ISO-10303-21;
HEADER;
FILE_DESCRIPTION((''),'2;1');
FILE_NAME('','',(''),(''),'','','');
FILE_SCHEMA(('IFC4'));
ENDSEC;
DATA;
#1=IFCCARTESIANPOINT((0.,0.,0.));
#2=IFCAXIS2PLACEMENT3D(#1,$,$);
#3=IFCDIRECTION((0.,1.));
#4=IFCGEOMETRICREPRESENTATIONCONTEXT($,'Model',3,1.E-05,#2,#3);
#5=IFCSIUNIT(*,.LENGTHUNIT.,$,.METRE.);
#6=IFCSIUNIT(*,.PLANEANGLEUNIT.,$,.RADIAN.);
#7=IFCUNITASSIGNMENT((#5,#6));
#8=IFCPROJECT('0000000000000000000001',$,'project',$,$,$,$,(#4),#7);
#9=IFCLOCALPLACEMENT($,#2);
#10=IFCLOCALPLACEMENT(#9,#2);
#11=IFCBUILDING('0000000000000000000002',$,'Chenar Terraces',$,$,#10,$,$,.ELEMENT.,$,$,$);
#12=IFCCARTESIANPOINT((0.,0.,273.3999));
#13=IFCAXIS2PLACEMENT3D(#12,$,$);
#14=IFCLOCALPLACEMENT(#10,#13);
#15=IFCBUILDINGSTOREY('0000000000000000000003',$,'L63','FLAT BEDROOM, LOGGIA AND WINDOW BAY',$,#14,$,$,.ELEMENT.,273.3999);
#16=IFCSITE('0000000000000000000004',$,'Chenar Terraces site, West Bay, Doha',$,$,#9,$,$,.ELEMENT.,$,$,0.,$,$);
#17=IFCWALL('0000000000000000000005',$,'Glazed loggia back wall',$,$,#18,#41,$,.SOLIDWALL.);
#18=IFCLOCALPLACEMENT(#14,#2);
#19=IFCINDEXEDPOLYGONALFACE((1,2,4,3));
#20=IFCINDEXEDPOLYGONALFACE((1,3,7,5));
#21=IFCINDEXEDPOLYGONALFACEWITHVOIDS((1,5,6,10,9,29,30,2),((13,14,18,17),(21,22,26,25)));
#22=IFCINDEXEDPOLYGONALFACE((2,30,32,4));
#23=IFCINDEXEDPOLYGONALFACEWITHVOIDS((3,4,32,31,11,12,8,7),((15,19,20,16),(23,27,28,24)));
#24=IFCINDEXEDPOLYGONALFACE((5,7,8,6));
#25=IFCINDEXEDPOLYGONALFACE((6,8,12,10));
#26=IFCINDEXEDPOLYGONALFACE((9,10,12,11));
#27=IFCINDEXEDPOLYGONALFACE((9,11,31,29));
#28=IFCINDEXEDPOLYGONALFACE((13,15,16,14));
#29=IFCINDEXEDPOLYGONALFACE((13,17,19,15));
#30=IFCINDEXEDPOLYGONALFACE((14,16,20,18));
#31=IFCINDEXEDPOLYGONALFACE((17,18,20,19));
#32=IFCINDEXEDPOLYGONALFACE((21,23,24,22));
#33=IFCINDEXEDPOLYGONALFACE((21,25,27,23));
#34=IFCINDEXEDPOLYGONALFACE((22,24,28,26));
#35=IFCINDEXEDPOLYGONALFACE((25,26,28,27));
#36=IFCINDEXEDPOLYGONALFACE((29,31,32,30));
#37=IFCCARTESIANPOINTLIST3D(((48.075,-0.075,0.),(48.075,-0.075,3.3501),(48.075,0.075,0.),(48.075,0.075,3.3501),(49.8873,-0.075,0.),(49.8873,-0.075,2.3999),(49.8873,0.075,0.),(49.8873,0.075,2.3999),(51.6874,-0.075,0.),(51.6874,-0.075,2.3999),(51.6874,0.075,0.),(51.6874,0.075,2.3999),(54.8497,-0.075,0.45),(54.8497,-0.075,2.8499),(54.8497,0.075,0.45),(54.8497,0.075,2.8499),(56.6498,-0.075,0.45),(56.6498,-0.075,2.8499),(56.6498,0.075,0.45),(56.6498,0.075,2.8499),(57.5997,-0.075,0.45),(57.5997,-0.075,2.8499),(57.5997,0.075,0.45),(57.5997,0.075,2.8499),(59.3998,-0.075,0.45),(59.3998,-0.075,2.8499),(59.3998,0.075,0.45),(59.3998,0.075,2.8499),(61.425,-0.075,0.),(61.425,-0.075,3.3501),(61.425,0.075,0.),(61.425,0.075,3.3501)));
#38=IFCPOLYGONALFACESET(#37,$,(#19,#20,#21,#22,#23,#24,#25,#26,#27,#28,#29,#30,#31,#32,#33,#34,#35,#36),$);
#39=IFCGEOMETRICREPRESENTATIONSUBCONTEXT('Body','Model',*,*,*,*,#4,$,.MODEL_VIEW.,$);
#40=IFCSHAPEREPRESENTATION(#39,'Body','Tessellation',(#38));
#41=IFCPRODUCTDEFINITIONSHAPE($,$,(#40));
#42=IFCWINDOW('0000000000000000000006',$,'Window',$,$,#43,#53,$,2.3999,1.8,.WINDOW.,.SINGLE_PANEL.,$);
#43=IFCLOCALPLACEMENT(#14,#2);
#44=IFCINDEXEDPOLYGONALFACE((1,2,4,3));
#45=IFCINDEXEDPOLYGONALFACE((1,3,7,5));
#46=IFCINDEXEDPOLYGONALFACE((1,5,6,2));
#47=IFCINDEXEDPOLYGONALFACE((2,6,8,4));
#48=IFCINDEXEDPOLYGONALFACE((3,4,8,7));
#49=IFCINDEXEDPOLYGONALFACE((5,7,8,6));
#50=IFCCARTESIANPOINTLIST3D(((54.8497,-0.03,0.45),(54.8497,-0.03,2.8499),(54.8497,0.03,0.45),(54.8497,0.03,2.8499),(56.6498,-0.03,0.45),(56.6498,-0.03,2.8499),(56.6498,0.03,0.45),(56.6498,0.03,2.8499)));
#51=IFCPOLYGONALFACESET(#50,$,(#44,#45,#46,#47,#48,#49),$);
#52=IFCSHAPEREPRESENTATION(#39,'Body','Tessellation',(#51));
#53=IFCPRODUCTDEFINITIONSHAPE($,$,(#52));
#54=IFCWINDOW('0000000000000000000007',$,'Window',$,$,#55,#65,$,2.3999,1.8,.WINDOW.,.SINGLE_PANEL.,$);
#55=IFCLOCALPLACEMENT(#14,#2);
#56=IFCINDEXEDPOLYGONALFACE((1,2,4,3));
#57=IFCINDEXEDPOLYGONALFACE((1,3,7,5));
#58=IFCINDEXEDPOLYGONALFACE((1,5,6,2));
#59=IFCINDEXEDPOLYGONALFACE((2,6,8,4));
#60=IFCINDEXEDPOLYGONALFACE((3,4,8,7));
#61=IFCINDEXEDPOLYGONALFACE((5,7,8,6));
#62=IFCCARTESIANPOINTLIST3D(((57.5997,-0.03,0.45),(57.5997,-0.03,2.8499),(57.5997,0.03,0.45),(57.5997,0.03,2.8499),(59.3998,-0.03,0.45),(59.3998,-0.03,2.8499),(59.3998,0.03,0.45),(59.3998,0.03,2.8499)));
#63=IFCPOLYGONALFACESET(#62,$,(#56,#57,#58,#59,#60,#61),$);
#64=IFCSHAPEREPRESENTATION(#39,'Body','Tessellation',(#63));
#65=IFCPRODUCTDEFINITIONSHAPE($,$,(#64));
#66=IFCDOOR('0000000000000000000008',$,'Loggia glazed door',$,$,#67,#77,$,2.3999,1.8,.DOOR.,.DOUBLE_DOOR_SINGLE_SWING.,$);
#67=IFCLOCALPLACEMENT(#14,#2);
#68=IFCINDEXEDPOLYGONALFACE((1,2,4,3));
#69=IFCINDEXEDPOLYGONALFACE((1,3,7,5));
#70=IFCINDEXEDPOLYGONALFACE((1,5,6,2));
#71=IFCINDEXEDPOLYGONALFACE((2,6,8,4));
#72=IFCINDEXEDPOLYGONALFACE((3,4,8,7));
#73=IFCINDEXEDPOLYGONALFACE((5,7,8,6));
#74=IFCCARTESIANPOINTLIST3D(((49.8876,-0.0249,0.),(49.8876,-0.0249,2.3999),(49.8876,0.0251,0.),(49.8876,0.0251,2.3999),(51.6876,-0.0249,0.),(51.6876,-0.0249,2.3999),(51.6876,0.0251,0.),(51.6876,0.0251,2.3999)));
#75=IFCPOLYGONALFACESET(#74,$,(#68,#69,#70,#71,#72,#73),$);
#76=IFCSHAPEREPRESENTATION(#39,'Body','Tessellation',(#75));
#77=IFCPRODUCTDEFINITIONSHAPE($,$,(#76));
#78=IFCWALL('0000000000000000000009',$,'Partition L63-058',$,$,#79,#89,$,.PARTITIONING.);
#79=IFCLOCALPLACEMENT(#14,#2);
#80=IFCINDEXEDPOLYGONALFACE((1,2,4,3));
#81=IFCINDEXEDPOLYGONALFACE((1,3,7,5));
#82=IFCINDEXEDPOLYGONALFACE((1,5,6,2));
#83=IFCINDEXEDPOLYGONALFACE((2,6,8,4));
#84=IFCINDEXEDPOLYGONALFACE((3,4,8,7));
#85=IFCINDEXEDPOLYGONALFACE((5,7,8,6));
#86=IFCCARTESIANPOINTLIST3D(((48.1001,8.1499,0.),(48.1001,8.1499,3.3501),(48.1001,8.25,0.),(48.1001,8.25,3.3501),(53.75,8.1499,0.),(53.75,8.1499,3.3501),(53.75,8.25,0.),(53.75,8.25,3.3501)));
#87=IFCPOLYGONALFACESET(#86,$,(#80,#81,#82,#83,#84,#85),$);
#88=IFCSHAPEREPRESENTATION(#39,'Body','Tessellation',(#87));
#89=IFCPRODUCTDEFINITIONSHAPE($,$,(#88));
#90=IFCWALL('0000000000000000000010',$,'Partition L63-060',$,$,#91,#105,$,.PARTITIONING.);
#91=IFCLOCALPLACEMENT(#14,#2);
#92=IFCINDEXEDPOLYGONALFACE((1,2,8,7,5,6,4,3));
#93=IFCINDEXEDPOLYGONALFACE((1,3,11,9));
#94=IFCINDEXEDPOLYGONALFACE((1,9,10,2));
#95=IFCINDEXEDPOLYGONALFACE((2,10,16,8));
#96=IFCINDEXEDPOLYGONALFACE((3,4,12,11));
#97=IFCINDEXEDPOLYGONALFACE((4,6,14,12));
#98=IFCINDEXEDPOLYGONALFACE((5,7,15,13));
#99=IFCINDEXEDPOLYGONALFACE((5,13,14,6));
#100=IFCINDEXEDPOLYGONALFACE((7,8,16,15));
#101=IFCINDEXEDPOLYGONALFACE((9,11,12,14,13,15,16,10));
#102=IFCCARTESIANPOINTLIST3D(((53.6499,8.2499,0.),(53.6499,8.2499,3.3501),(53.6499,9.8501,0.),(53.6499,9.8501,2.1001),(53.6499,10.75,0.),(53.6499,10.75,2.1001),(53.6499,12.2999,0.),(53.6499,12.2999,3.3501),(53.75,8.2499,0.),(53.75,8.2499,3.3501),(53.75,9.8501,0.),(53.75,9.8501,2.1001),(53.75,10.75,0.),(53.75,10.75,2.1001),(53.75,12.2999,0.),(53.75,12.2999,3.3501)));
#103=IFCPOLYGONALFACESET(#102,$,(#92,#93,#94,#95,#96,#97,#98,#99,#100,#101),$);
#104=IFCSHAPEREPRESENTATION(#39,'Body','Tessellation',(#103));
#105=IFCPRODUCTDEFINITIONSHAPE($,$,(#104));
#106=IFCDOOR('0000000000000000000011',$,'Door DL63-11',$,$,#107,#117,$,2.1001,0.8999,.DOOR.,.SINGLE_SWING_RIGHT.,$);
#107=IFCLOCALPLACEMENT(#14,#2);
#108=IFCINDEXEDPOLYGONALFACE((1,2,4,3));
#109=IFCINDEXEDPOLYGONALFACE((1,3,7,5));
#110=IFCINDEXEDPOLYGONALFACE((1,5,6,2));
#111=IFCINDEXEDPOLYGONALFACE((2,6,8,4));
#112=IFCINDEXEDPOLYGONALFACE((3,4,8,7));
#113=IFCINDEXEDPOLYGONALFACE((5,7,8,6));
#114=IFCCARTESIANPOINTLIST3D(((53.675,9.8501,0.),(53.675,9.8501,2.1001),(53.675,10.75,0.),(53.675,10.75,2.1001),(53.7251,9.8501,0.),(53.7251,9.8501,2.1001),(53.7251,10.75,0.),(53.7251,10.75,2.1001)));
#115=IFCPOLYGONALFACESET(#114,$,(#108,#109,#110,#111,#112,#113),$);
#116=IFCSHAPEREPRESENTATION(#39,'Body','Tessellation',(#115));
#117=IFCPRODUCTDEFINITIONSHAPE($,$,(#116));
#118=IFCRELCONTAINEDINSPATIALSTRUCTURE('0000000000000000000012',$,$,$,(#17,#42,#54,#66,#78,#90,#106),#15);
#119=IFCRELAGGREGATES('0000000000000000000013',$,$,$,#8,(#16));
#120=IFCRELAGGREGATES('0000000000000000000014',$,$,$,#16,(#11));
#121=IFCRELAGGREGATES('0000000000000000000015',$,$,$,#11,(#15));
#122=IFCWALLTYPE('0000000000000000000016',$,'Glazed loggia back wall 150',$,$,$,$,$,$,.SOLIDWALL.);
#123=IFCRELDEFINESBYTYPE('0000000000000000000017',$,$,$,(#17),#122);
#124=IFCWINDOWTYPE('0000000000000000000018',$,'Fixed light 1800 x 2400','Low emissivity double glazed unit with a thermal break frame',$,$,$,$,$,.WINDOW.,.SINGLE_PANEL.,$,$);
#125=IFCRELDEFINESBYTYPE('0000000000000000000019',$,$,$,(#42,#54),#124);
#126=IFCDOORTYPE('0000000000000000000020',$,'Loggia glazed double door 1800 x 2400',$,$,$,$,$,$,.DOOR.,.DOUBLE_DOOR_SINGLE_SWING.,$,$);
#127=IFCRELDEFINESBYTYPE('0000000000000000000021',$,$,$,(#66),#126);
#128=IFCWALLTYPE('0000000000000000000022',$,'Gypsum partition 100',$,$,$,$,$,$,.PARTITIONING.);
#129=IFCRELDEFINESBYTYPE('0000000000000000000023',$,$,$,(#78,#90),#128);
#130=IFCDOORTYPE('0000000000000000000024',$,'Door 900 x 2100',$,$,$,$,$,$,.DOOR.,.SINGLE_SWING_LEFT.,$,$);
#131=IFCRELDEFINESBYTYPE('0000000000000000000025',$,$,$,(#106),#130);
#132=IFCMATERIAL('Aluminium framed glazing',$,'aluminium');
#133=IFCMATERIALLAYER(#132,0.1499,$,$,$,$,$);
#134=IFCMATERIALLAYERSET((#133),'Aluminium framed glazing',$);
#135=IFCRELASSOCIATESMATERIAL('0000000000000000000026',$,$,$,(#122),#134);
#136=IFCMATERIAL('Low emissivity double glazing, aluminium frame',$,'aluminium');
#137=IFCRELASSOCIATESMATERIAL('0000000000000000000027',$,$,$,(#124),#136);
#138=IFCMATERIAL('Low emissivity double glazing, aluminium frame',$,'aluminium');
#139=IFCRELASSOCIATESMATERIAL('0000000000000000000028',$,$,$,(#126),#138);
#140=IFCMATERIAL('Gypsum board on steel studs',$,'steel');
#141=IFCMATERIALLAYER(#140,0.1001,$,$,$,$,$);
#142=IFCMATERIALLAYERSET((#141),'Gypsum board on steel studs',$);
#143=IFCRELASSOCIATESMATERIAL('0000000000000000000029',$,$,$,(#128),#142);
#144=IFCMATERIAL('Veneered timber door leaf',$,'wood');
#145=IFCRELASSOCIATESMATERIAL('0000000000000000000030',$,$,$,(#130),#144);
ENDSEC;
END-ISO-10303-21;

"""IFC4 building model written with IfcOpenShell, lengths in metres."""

from ifc_helpers import new_model, si_unit, direction, frame, frame_2d, origin, place, context, subcontext, project, spatial, rectangle, extrude, material, layer, layer_set, type_object, element, fill, save


model = new_model("IFC4")

# Units and contexts
model_context = context("Model", 3, precision=1e-05, world=origin(), true_north=direction((0.0, 1.0)))
body_context = subcontext(model_context, "Body", "Model", "MODEL_VIEW")
ifc_project = project(units=[si_unit("LENGTHUNIT", "METRE"), si_unit("PLANEANGLEUNIT", "RADIAN")], contexts=[model_context])

# Site, building, storey
site_placement = place(None, origin())
site = spatial("IfcSite", under=ifc_project, at=site_placement, Name="Chenar Terraces site, West Bay, Doha", CompositionType="ELEMENT", RefElevation=0.0)
building_placement = place(site_placement, origin())
building = spatial("IfcBuilding", under=site, at=building_placement, Name="Chenar Terraces", CompositionType="ELEMENT")
storey_placement = place(building_placement, frame((0.0, 0.0, 273.3999)))
storey = spatial("IfcBuildingStorey", under=building, at=storey_placement, Name="L63", Description="FLAT BEDROOM, LOGGIA AND WINDOW BAY", CompositionType="ELEMENT", Elevation=273.3999)

# Wall, openings, windows, door
ifc_material_1 = material(Name="Aluminium framed glazing", Category="aluminium")
ifc_layer_1 = layer(ifc_material_1, 0.1499)
ifc_layer_set_1 = layer_set([ifc_layer_1], Name="Aluminium framed glazing")
wall_type_1 = type_object("IfcWallType", Name="Glazed loggia back wall 150", PredefinedType="SOLIDWALL", material=ifc_layer_set_1)
wall_1_placement = place(storey_placement, frame((48.075, 0.0, 0.0), z_axis=(0.0, 0.0, 1.0), x_axis=(1.0, 0.0, 0.0)))
wall_1 = element("IfcWall", 1, at=wall_1_placement, inside=storey, type_object=wall_type_1, Name="Glazed loggia back wall", PredefinedType="SOLIDWALL", context=body_context, shape_type="SweptSolid", body=[
    extrude(rectangle(XDim=13.3501, YDim=0.1499, at=frame_2d((6.675, 0.0))), origin(), (0.0, 0.0, 1.0), 3.3501),
])
opening_1_placement = place(wall_1_placement, frame((1.8125, 0.0, 0.0)))
opening_1 = element("IfcOpeningElement", 2, at=opening_1_placement, cuts=wall_1, PredefinedType="OPENING", context=body_context, shape_type="SweptSolid", body=[
    extrude(rectangle(XDim=1.8, YDim=2.3999, at=frame_2d((0.8999, 1.2))), frame((0.0, 0.085, 0.0), z_axis=(0.0, -1.0, 0.0), x_axis=(1.0, 0.0, 0.0)), (0.0, 0.0, 1.0), 0.1699),
])
opening_2_placement = place(wall_1_placement, frame((6.7749, 0.0, 0.45)))
opening_2 = element("IfcOpeningElement", 3, at=opening_2_placement, cuts=wall_1, PredefinedType="OPENING", context=body_context, shape_type="SweptSolid", body=[
    extrude(rectangle(XDim=1.8, YDim=2.3999, at=frame_2d((0.8999, 1.2))), frame((0.0, 0.085, 0.0), z_axis=(0.0, -1.0, 0.0), x_axis=(1.0, 0.0, 0.0)), (0.0, 0.0, 1.0), 0.1699),
])
opening_3_placement = place(wall_1_placement, frame((9.5249, 0.0, 0.45)))
opening_3 = element("IfcOpeningElement", 4, at=opening_3_placement, cuts=wall_1, PredefinedType="OPENING", context=body_context, shape_type="SweptSolid", body=[
    extrude(rectangle(XDim=1.8, YDim=2.3999, at=frame_2d((0.8999, 1.2))), frame((0.0, 0.085, 0.0), z_axis=(0.0, -1.0, 0.0), x_axis=(1.0, 0.0, 0.0)), (0.0, 0.0, 1.0), 0.1699),
])
ifc_material_2 = material(Name="Low emissivity double glazing, aluminium frame", Category="aluminium")
window_type = type_object("IfcWindowType", Name="Fixed light 1800 x 2400", Description="Low emissivity double glazed unit with a thermal break frame", PartitioningType="SINGLE_PANEL", PredefinedType="WINDOW", material=ifc_material_2)
window_1_placement = place(opening_2_placement, origin())
window_1 = element("IfcWindow", 5, at=window_1_placement, inside=storey, type_object=window_type, Name="Window", OverallHeight=2.3999, OverallWidth=1.8, PartitioningType="SINGLE_PANEL", PredefinedType="WINDOW", context=body_context, shape_type="SweptSolid", body=[
    extrude(rectangle(XDim=1.8, YDim=2.3999, at=frame_2d((0.8999, 1.2))), frame((0.0, 0.03, 0.0), z_axis=(0.0, -1.0, 0.0), x_axis=(1.0, 0.0, 0.0)), (0.0, 0.0, 1.0), 0.0601),
])
fill(opening_2, window_1)
window_2_placement = place(opening_3_placement, origin())
window_2 = element("IfcWindow", 6, at=window_2_placement, inside=storey, type_object=window_type, Name="Window", OverallHeight=2.3999, OverallWidth=1.8, PartitioningType="SINGLE_PANEL", PredefinedType="WINDOW", context=body_context, shape_type="SweptSolid", body=[
    extrude(rectangle(XDim=1.8, YDim=2.3999, at=frame_2d((0.8999, 1.2))), frame((0.0, 0.03, 0.0), z_axis=(0.0, -1.0, 0.0), x_axis=(1.0, 0.0, 0.0)), (0.0, 0.0, 1.0), 0.0601),
])
fill(opening_3, window_2)
ifc_material_3 = material(Name="Low emissivity double glazing, aluminium frame", Category="aluminium")
door_type_1 = type_object("IfcDoorType", Name="Loggia glazed double door 1800 x 2400", OperationType="DOUBLE_DOOR_SINGLE_SWING", PredefinedType="DOOR", material=ifc_material_3)
door_1_placement = place(opening_1_placement, frame((1.8, 0.0, 0.0), z_axis=(0.0, 0.0, 1.0), x_axis=(-1.0, 0.0, 0.0)))
door_1 = element("IfcDoor", 7, at=door_1_placement, inside=storey, type_object=door_type_1, Name="Loggia glazed door", OperationType="DOUBLE_DOOR_SINGLE_SWING", OverallHeight=2.3999, OverallWidth=1.8, PredefinedType="DOOR", context=body_context, shape_type="SweptSolid", body=[
    extrude(rectangle(XDim=1.8, YDim=2.3999, at=frame_2d((0.8999, 1.2))), frame((0.0, 0.0249, 0.0), z_axis=(0.0, -1.0, 0.0), x_axis=(1.0, 0.0, 0.0)), (0.0, 0.0, 1.0), 0.05),
])
fill(opening_1, door_1)

# Wall
ifc_material_4 = material(Name="Gypsum board on steel studs", Category="steel")
ifc_layer_2 = layer(ifc_material_4, 0.1001)
ifc_layer_set_2 = layer_set([ifc_layer_2], Name="Gypsum board on steel studs")
wall_type_2 = type_object("IfcWallType", Name="Gypsum partition 100", PredefinedType="PARTITIONING", material=ifc_layer_set_2)
wall_2_placement = place(storey_placement, frame((48.1001, 8.2, 0.0), z_axis=(0.0, 0.0, 1.0), x_axis=(1.0, 0.0, 0.0)))
element("IfcWall", 8, at=wall_2_placement, inside=storey, type_object=wall_type_2, Name="Partition L63-058", PredefinedType="PARTITIONING", context=body_context, shape_type="SweptSolid", body=[
    extrude(rectangle(XDim=5.6499, YDim=0.1001, at=frame_2d((2.825, 0.0))), origin(), (0.0, 0.0, 1.0), 3.3501),
])

# Wall, opening, door
wall_3_placement = place(storey_placement, frame((53.7, 8.25, 0.0), z_axis=(0.0, 0.0, 1.0), x_axis=(0.0, 1.0, 0.0)))
wall_3 = element("IfcWall", 9, at=wall_3_placement, inside=storey, type_object=wall_type_2, Name="Partition L63-060", PredefinedType="PARTITIONING", context=body_context, shape_type="SweptSolid", body=[
    extrude(rectangle(XDim=4.05, YDim=0.1001, at=frame_2d((2.0249, 0.0))), origin(), (0.0, 0.0, 1.0), 3.3501),
])
opening_4_placement = place(wall_3_placement, frame((1.6001, 0.0, 0.0)))
opening_4 = element("IfcOpeningElement", 10, at=opening_4_placement, cuts=wall_3, PredefinedType="OPENING", context=body_context, shape_type="SweptSolid", body=[
    extrude(rectangle(XDim=0.8999, YDim=2.1001, at=frame_2d((0.45, 1.05))), frame((0.0, 0.0601, 0.0), z_axis=(0.0, -1.0, 0.0), x_axis=(1.0, 0.0, 0.0)), (0.0, 0.0, 1.0), 0.1201),
])
ifc_material_5 = material(Name="Veneered timber door leaf", Category="wood")
door_type_2 = type_object("IfcDoorType", Name="Door 900 x 2100", OperationType="SINGLE_SWING_LEFT", PredefinedType="DOOR", material=ifc_material_5)
door_2_placement = place(opening_4_placement, origin())
door_2 = element("IfcDoor", 11, at=door_2_placement, inside=storey, type_object=door_type_2, Name="Door DL63-11", OperationType="SINGLE_SWING_RIGHT", OverallHeight=2.1001, OverallWidth=0.8999, PredefinedType="DOOR", context=body_context, shape_type="SweptSolid", body=[
    extrude(rectangle(XDim=0.8999, YDim=2.1001, at=frame_2d((0.45, 1.05))), frame((0.0, 0.0249, 0.0), z_axis=(0.0, -1.0, 0.0), x_axis=(1.0, 0.0, 0.0)), (0.0, 0.0, 1.0), 0.05),
])
fill(opening_4, door_2)

save(model, "model.ifc")
